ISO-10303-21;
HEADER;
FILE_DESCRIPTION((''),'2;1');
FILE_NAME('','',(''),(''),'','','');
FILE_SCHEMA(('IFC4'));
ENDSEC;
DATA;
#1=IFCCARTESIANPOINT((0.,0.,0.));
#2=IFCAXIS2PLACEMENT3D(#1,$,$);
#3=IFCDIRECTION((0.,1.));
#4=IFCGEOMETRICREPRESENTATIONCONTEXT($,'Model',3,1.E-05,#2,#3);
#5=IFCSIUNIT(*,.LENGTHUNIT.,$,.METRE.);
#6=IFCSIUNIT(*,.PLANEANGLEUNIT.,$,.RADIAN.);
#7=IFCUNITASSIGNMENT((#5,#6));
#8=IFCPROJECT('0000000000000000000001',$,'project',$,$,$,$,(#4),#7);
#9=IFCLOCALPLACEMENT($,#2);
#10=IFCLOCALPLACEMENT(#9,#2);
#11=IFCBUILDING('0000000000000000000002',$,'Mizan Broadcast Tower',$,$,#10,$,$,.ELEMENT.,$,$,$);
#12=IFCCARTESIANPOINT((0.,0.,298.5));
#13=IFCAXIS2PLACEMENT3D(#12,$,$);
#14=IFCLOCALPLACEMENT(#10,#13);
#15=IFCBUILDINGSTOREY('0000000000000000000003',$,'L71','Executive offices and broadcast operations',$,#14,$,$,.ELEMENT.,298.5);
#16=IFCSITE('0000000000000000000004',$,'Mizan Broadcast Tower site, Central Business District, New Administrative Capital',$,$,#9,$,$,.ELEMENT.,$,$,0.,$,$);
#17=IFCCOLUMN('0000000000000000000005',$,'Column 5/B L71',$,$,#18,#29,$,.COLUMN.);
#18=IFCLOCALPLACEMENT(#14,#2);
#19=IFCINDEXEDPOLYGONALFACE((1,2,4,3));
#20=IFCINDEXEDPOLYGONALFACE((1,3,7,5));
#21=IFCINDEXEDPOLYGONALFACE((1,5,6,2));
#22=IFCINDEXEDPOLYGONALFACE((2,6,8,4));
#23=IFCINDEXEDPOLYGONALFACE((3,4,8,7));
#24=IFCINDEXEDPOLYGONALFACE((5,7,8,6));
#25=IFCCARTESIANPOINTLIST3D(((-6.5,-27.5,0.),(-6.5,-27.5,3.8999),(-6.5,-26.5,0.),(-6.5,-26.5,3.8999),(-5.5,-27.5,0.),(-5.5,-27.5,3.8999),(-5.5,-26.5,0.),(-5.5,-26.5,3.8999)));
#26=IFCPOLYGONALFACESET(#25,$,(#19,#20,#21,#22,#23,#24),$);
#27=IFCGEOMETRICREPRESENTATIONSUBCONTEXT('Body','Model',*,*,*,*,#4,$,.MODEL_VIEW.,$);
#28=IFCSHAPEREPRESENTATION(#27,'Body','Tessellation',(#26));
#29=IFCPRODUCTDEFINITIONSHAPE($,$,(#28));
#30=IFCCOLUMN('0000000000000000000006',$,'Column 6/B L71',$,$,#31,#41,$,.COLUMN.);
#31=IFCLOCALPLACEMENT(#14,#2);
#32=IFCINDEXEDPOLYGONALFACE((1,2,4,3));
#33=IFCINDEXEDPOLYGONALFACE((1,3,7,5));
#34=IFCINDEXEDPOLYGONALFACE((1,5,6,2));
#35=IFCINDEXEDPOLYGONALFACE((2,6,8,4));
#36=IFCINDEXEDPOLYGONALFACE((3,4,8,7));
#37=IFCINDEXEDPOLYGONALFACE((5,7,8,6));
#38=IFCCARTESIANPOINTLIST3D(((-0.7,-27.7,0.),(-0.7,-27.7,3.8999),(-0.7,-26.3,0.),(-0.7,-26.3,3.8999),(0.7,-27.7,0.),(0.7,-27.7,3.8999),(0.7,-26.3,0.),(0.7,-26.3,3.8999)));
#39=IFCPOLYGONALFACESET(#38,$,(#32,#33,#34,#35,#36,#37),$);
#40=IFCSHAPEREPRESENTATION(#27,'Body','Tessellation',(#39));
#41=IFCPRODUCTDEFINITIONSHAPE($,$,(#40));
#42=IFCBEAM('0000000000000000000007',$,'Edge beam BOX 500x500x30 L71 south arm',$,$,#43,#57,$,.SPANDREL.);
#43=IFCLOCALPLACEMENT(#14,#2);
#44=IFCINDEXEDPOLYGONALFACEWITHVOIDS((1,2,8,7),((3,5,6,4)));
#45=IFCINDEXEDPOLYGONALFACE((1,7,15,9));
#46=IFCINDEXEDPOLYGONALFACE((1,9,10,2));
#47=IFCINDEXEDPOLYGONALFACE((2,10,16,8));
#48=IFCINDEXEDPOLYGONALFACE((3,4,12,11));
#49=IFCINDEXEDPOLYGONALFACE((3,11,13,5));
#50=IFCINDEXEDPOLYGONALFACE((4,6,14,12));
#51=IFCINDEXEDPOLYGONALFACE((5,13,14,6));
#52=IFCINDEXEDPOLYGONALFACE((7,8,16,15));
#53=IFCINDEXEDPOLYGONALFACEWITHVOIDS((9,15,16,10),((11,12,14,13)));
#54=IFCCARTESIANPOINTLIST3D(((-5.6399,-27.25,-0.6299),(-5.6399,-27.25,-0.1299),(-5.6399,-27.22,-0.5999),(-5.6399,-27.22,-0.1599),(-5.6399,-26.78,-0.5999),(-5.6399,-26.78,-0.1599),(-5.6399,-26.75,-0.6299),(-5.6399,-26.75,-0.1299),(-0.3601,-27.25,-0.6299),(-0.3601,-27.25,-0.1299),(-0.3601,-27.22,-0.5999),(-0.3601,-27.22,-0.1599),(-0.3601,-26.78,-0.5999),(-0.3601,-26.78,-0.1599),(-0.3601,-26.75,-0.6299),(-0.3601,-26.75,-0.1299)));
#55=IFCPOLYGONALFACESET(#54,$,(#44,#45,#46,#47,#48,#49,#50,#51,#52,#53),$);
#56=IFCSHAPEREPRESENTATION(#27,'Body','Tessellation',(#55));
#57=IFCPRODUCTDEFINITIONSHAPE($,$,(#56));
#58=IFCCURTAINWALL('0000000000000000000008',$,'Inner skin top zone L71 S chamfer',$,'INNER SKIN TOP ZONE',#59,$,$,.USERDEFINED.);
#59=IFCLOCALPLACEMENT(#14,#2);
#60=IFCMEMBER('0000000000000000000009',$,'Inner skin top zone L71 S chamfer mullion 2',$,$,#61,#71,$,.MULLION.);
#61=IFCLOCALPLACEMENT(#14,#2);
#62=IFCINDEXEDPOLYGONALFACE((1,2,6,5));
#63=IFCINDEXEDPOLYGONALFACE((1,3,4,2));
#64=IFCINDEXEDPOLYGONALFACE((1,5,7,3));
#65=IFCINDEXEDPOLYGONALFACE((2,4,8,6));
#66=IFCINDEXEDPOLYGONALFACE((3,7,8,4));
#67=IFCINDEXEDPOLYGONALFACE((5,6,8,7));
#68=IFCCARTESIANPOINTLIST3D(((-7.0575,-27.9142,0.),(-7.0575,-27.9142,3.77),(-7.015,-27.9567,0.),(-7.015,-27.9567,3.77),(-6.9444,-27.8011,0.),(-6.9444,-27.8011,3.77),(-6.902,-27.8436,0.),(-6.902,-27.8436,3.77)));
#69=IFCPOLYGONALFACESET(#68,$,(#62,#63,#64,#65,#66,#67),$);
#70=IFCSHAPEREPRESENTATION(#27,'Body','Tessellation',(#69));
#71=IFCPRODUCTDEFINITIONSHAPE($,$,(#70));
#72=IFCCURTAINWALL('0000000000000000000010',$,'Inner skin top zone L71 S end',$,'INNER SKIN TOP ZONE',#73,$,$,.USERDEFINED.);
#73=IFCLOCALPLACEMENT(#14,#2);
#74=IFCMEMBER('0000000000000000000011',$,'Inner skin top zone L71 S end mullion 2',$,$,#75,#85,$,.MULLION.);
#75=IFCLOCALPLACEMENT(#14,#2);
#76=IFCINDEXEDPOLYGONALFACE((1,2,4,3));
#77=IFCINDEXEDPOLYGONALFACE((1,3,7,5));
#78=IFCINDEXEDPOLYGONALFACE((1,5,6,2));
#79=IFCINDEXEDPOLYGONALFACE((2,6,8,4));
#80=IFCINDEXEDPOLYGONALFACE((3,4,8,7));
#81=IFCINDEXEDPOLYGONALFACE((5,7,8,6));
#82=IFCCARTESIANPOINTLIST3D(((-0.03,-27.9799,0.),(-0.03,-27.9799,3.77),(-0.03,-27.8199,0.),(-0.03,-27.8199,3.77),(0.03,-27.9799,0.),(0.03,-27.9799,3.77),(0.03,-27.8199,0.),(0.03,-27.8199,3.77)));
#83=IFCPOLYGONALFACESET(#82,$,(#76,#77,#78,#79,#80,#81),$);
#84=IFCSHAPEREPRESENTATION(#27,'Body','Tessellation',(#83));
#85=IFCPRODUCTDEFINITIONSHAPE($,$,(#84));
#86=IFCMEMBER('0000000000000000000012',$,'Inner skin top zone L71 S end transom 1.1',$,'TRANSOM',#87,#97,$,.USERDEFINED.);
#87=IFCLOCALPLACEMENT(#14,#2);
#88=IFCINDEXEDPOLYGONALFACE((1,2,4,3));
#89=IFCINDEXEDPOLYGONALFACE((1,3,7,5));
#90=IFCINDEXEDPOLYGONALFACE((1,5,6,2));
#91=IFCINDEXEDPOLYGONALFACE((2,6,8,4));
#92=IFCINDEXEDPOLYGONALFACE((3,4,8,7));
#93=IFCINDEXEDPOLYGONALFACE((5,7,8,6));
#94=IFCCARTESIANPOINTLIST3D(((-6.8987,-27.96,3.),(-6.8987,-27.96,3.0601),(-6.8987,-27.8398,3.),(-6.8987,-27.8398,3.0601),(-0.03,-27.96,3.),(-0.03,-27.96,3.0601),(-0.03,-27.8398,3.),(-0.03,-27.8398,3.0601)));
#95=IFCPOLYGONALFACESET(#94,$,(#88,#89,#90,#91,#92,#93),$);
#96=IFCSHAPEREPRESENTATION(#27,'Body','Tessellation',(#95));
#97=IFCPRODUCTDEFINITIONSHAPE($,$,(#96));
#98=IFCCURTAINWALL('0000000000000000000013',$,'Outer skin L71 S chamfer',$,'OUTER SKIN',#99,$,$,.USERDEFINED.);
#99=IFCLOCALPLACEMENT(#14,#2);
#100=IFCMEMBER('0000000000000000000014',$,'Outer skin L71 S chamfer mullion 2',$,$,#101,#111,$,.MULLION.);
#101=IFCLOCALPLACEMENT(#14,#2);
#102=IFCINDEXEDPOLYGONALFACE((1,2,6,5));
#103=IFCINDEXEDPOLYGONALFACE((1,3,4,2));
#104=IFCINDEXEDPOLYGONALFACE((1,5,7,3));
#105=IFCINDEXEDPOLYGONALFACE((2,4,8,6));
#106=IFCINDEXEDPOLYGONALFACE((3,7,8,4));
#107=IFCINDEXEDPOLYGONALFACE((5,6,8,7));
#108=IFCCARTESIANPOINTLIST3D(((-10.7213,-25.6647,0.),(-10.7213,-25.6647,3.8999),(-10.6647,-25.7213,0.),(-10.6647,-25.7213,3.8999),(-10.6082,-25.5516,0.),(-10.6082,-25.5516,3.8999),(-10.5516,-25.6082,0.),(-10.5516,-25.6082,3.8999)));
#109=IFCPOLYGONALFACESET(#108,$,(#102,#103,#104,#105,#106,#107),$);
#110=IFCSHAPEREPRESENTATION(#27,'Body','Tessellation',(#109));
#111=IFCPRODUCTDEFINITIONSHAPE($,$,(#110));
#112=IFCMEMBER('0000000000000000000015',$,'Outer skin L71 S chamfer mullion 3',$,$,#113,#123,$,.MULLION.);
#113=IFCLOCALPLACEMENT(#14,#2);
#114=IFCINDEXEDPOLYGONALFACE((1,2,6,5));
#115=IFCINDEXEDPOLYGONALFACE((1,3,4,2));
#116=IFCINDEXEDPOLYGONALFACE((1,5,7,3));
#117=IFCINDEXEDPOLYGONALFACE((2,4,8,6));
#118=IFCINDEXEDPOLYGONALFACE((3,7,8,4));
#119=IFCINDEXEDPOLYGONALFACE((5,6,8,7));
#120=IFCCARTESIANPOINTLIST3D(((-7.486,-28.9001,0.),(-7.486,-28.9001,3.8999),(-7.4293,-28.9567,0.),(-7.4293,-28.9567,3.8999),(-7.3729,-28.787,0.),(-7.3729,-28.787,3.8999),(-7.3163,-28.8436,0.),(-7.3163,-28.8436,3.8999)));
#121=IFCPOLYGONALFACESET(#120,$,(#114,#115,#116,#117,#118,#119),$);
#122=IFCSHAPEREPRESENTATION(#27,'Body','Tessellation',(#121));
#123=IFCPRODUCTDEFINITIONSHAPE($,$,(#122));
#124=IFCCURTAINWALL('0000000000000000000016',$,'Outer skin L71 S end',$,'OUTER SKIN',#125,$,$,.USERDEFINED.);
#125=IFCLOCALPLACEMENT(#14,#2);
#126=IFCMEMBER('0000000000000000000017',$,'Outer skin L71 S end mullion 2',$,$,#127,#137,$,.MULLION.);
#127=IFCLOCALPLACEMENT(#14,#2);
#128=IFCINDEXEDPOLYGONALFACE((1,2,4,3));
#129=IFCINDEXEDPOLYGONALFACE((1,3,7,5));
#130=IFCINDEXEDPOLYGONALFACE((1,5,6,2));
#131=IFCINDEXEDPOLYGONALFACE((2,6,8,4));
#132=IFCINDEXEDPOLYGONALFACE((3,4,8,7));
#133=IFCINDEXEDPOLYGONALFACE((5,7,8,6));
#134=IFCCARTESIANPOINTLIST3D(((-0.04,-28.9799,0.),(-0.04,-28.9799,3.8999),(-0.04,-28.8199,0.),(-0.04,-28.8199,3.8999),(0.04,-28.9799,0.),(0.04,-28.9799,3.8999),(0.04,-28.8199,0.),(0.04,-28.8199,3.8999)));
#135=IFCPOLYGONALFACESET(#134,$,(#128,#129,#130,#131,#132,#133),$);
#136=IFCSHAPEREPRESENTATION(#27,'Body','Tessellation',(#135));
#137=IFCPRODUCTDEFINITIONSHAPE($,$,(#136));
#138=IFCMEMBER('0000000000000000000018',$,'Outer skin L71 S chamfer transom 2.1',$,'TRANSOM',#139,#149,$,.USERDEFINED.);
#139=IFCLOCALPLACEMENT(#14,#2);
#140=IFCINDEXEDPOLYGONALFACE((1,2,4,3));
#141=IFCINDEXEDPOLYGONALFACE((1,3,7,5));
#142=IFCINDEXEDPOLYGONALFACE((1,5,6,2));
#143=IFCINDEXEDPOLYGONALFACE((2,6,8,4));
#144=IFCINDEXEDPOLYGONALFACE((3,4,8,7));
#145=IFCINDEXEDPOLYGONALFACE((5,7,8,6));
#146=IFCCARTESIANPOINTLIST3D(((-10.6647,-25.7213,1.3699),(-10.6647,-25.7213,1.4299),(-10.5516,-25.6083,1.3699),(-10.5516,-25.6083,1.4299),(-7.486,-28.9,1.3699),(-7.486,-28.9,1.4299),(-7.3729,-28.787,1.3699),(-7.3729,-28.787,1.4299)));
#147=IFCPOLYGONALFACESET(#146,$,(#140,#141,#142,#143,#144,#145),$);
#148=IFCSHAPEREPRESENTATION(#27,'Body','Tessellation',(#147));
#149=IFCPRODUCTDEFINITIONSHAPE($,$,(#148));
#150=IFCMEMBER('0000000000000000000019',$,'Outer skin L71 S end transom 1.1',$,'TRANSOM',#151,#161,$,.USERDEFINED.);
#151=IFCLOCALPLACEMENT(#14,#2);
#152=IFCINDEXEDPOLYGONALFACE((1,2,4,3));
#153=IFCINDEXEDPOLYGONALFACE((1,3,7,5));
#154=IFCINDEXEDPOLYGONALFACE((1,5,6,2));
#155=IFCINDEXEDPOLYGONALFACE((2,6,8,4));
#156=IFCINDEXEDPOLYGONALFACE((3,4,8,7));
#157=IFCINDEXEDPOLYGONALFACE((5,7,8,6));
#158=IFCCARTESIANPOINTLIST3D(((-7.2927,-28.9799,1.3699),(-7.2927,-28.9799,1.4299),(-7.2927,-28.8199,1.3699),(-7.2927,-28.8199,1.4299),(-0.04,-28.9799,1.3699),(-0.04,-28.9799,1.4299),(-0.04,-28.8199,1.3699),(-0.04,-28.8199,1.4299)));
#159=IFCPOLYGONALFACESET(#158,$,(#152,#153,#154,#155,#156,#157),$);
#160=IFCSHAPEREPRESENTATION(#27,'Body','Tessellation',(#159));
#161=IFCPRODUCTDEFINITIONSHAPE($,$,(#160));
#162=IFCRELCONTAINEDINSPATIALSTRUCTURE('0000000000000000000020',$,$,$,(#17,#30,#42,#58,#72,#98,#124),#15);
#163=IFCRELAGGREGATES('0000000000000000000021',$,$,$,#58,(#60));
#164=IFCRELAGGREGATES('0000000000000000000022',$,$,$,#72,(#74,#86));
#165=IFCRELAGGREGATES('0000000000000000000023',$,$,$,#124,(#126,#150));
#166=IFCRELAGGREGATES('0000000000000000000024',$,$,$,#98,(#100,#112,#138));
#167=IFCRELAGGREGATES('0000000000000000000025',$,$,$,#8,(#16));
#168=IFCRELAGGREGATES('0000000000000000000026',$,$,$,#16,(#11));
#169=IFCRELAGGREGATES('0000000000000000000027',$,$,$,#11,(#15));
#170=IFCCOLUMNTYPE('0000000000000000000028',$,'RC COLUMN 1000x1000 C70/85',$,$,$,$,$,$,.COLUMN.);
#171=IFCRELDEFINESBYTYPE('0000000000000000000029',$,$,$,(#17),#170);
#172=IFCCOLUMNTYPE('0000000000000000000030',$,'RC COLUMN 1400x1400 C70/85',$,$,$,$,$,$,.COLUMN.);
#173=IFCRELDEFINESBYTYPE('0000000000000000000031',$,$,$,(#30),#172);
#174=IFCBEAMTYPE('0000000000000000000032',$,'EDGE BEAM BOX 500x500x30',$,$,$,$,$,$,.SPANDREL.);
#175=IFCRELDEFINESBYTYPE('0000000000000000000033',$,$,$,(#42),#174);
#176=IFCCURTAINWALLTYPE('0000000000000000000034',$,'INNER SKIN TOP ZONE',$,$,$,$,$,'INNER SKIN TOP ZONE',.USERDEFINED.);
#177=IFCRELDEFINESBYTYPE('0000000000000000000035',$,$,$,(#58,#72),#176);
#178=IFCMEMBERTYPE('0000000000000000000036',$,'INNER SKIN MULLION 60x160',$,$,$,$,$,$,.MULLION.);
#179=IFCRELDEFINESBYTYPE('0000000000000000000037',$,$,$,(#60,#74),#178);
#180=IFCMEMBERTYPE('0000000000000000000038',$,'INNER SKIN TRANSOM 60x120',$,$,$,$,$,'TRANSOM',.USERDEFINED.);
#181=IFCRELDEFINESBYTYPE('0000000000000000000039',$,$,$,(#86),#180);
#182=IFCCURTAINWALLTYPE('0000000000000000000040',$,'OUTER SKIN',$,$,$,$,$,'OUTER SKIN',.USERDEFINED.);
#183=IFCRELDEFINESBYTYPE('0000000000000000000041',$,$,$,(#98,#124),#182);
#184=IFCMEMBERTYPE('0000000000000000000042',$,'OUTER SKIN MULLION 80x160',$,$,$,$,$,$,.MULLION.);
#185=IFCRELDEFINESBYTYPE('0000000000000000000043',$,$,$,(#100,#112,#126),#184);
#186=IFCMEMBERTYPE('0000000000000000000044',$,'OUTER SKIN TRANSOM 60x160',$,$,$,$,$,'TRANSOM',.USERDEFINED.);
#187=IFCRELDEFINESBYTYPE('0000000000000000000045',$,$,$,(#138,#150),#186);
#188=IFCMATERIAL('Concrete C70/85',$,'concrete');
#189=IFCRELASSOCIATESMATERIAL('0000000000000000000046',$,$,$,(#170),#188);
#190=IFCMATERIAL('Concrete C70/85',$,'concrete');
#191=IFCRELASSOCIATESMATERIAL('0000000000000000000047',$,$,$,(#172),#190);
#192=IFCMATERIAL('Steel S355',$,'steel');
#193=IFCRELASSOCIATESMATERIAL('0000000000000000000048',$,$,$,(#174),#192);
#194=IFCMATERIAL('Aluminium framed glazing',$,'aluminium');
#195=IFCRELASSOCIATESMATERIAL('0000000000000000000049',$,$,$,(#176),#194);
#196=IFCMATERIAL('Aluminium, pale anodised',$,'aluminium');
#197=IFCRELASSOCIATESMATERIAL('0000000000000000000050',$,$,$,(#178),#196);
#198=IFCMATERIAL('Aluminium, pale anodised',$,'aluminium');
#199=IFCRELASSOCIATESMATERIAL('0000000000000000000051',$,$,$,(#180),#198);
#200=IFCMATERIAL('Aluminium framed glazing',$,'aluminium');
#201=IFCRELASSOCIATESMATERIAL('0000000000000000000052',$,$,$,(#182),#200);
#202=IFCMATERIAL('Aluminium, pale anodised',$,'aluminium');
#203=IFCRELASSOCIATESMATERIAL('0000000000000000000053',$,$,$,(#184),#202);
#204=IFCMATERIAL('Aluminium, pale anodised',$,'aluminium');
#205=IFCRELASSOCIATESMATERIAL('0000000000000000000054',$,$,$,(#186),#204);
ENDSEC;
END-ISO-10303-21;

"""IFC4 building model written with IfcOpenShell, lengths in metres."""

from ifc_helpers import new_model, si_unit, direction, frame, origin, origin_2d, place, context, subcontext, project, spatial, rectangle, hollow_rectangle, extrude, material, material_profile, profile_set, type_object, element, aggregate, save


model = new_model("IFC4")

# Units and contexts
model_context = context("Model", 3, precision=1e-05, world=origin(), true_north=direction((0.0, 1.0)))
body_context = subcontext(model_context, "Body", "Model", "MODEL_VIEW")
ifc_project = project(units=[si_unit("LENGTHUNIT", "METRE"), si_unit("PLANEANGLEUNIT", "RADIAN")], contexts=[model_context])

# Site, building, storey
site_placement = place(None, origin())
site = spatial("IfcSite", under=ifc_project, at=site_placement, Name="Mizan Broadcast Tower site, Central Business District, New Administrative Capital", CompositionType="ELEMENT", RefElevation=0.0)
building_placement = place(site_placement, origin())
building = spatial("IfcBuilding", under=site, at=building_placement, Name="Mizan Broadcast Tower", CompositionType="ELEMENT")
storey_placement = place(building_placement, frame((0.0, 0.0, 298.5)))
storey = spatial("IfcBuildingStorey", under=building, at=storey_placement, Name="L71", Description="Executive offices and broadcast operations", CompositionType="ELEMENT", Elevation=298.5)

# Columns
ifc_material_1 = material(Name="Concrete C70/85", Category="concrete")
ifc_material_profile_1 = material_profile(ifc_material_1, rectangle(XDim=1.0, YDim=1.0, at=origin_2d()), Name="RC 1000x1000")
ifc_profile_set_1 = profile_set([ifc_material_profile_1], Name="Concrete C70/85")
column_type_1 = type_object("IfcColumnType", Name="RC COLUMN 1000x1000 C70/85", PredefinedType="COLUMN", material=ifc_profile_set_1)
column_1_placement = place(storey_placement, frame((-6.0, -27.0, 0.0), z_axis=(0.0, 0.0, 1.0), x_axis=(1.0, 0.0, 0.0)))
element("IfcColumn", 1, at=column_1_placement, inside=storey, type_object=column_type_1, Name="Column 5/B L71", PredefinedType="COLUMN", context=body_context, shape_type="SweptSolid", body=[
    extrude(rectangle(XDim=1.0, YDim=1.0, at=origin_2d()), origin(), (0.0, 0.0, 1.0), 3.8999),
])
ifc_material_2 = material(Name="Concrete C70/85", Category="concrete")
ifc_material_profile_2 = material_profile(ifc_material_2, rectangle(XDim=1.3999, YDim=1.3999, at=origin_2d()), Name="RC 1400x1400")
ifc_profile_set_2 = profile_set([ifc_material_profile_2], Name="Concrete C70/85")
column_type_2 = type_object("IfcColumnType", Name="RC COLUMN 1400x1400 C70/85", PredefinedType="COLUMN", material=ifc_profile_set_2)
column_2_placement = place(storey_placement, frame((0.0, -27.0, 0.0), z_axis=(0.0, 0.0, 1.0), x_axis=(1.0, 0.0, 0.0)))
element("IfcColumn", 2, at=column_2_placement, inside=storey, type_object=column_type_2, Name="Column 6/B L71", PredefinedType="COLUMN", context=body_context, shape_type="SweptSolid", body=[
    extrude(rectangle(XDim=1.3999, YDim=1.3999, at=origin_2d()), origin(), (0.0, 0.0, 1.0), 3.8999),
])

# Beam
ifc_material_3 = material(Name="Steel S355", Category="steel")
ifc_material_profile_3 = material_profile(ifc_material_3, hollow_rectangle(XDim=0.5, YDim=0.5, WallThickness=0.03, at=origin_2d()), Name="BOX 500x500x30")
ifc_profile_set_3 = profile_set([ifc_material_profile_3], Name="Steel S355")
beam_type_1 = type_object("IfcBeamType", Name="EDGE BEAM BOX 500x500x30", PredefinedType="SPANDREL", material=ifc_profile_set_3)
beam_1_placement = place(storey_placement, frame((-5.6399, -27.0, -0.3799), z_axis=(1.0, 0.0, 0.0), x_axis=(0.0, 1.0, 0.0)))
element("IfcBeam", 3, at=beam_1_placement, inside=storey, type_object=beam_type_1, Name="Edge beam BOX 500x500x30 L71 south arm", PredefinedType="SPANDREL", context=body_context, shape_type="SweptSolid", body=[
    extrude(hollow_rectangle(XDim=0.5, YDim=0.5, WallThickness=0.03, at=origin_2d()), origin(), (0.0, 0.0, 1.0), 5.2798),
])

# Curtain wall, member
ifc_material_4 = material(Name="Aluminium framed glazing", Category="aluminium")
curtain_wall_type_1 = type_object("IfcCurtainWallType", Name="INNER SKIN TOP ZONE", ElementType="INNER SKIN TOP ZONE", PredefinedType="USERDEFINED", material=ifc_material_4)
curtain_wall_1_placement = place(storey_placement, origin())
curtain_wall_1 = element("IfcCurtainWall", 4, at=curtain_wall_1_placement, inside=storey, type_object=curtain_wall_type_1, Name="Inner skin top zone L71 S chamfer", ObjectType="INNER SKIN TOP ZONE", PredefinedType="USERDEFINED")
ifc_material_5 = material(Name="Aluminium, pale anodised", Category="aluminium")
ifc_material_profile_4 = material_profile(ifc_material_5, rectangle(XDim=0.1599, YDim=0.0601, at=origin_2d()), Name="MULLION 160x60")
ifc_profile_set_4 = profile_set([ifc_material_profile_4], Name="Aluminium, pale anodised")
member_type_1 = type_object("IfcMemberType", Name="INNER SKIN MULLION 60x160", PredefinedType="MULLION", material=ifc_profile_set_4)
member_1_placement = place(storey_placement, frame((-6.9797, -27.8789, 0.0), z_axis=(0.0, 0.0, 1.0), x_axis=(0.707107, 0.707107, 0.0)))
member_1 = element("IfcMember", 5, at=member_1_placement, type_object=member_type_1, Name="Inner skin top zone L71 S chamfer mullion 2", PredefinedType="MULLION", context=body_context, shape_type="SweptSolid", body=[
    extrude(rectangle(XDim=0.1599, YDim=0.0601, at=origin_2d()), origin(), (0.0, 0.0, 1.0), 3.77),
])

# Curtain walls, members
curtain_wall_2_placement = place(storey_placement, origin())
curtain_wall_2 = element("IfcCurtainWall", 6, at=curtain_wall_2_placement, inside=storey, type_object=curtain_wall_type_1, Name="Inner skin top zone L71 S end", ObjectType="INNER SKIN TOP ZONE", PredefinedType="USERDEFINED")
member_2_placement = place(storey_placement, frame((0.0, -27.8999, 0.0), z_axis=(0.0, 0.0, 1.0), x_axis=(0.0, 1.0, 0.0)))
member_2 = element("IfcMember", 7, at=member_2_placement, type_object=member_type_1, Name="Inner skin top zone L71 S end mullion 2", PredefinedType="MULLION", context=body_context, shape_type="SweptSolid", body=[
    extrude(rectangle(XDim=0.1599, YDim=0.0601, at=origin_2d()), origin(), (0.0, 0.0, 1.0), 3.77),
])
ifc_material_6 = material(Name="Aluminium, pale anodised", Category="aluminium")
ifc_material_profile_5 = material_profile(ifc_material_6, rectangle(XDim=0.1201, YDim=0.0601, at=origin_2d()), Name="TRANSOM 120x60")
ifc_profile_set_5 = profile_set([ifc_material_profile_5], Name="Aluminium, pale anodised")
member_type_2 = type_object("IfcMemberType", Name="INNER SKIN TRANSOM 60x120", ElementType="TRANSOM", PredefinedType="USERDEFINED", material=ifc_profile_set_5)
member_3_placement = place(storey_placement, frame((-6.8987, -27.8999, 3.03), z_axis=(1.0, 0.0, 0.0), x_axis=(0.0, 1.0, 0.0)))
member_3 = element("IfcMember", 8, at=member_3_placement, type_object=member_type_2, Name="Inner skin top zone L71 S end transom 1.1", ObjectType="TRANSOM", PredefinedType="USERDEFINED", context=body_context, shape_type="SweptSolid", body=[
    extrude(rectangle(XDim=0.1201, YDim=0.0601, at=origin_2d()), origin(), (0.0, 0.0, 1.0), 6.8687),
])
ifc_material_7 = material(Name="Aluminium framed glazing", Category="aluminium")
curtain_wall_type_2 = type_object("IfcCurtainWallType", Name="OUTER SKIN", ElementType="OUTER SKIN", PredefinedType="USERDEFINED", material=ifc_material_7)
curtain_wall_3_placement = place(storey_placement, origin())
curtain_wall_3 = element("IfcCurtainWall", 9, at=curtain_wall_3_placement, inside=storey, type_object=curtain_wall_type_2, Name="Outer skin L71 S chamfer", ObjectType="OUTER SKIN", PredefinedType="USERDEFINED")
ifc_material_8 = material(Name="Aluminium, pale anodised", Category="aluminium")
ifc_material_profile_6 = material_profile(ifc_material_8, rectangle(XDim=0.1599, YDim=0.0801, at=origin_2d()), Name="MULLION 160x80")
ifc_profile_set_6 = profile_set([ifc_material_profile_6], Name="Aluminium, pale anodised")
member_type_3 = type_object("IfcMemberType", Name="OUTER SKIN MULLION 80x160", PredefinedType="MULLION", material=ifc_profile_set_6)
member_4_placement = place(storey_placement, frame((-10.6365, -25.6365, 0.0), z_axis=(0.0, 0.0, 1.0), x_axis=(0.707107, 0.707107, 0.0)))
member_4 = element("IfcMember", 10, at=member_4_placement, type_object=member_type_3, Name="Outer skin L71 S chamfer mullion 2", PredefinedType="MULLION", context=body_context, shape_type="SweptSolid", body=[
    extrude(rectangle(XDim=0.1599, YDim=0.0801, at=origin_2d()), origin(), (0.0, 0.0, 1.0), 3.8999),
])
member_5_placement = place(storey_placement, frame((-7.4011, -28.8718, 0.0), z_axis=(0.0, 0.0, 1.0), x_axis=(0.707107, 0.707107, 0.0)))
member_5 = element("IfcMember", 11, at=member_5_placement, type_object=member_type_3, Name="Outer skin L71 S chamfer mullion 3", PredefinedType="MULLION", context=body_context, shape_type="SweptSolid", body=[
    extrude(rectangle(XDim=0.1599, YDim=0.0801, at=origin_2d()), origin(), (0.0, 0.0, 1.0), 3.8999),
])

# Curtain wall, member
curtain_wall_4_placement = place(storey_placement, origin())
curtain_wall_4 = element("IfcCurtainWall", 12, at=curtain_wall_4_placement, inside=storey, type_object=curtain_wall_type_2, Name="Outer skin L71 S end", ObjectType="OUTER SKIN", PredefinedType="USERDEFINED")
member_6_placement = place(storey_placement, frame((0.0, -28.8999, 0.0), z_axis=(0.0, 0.0, 1.0), x_axis=(0.0, 1.0, 0.0)))
member_6 = element("IfcMember", 13, at=member_6_placement, type_object=member_type_3, Name="Outer skin L71 S end mullion 2", PredefinedType="MULLION", context=body_context, shape_type="SweptSolid", body=[
    extrude(rectangle(XDim=0.1599, YDim=0.0801, at=origin_2d()), origin(), (0.0, 0.0, 1.0), 3.8999),
])

# Members
ifc_material_9 = material(Name="Aluminium, pale anodised", Category="aluminium")
ifc_material_profile_7 = material_profile(ifc_material_9, rectangle(XDim=0.1599, YDim=0.0601, at=origin_2d()), Name="TRANSOM 160x60")
ifc_profile_set_7 = profile_set([ifc_material_profile_7], Name="Aluminium, pale anodised")
member_type_4 = type_object("IfcMemberType", Name="OUTER SKIN TRANSOM 60x160", ElementType="TRANSOM", PredefinedType="USERDEFINED", material=ifc_profile_set_7)
member_7_placement = place(storey_placement, frame((-10.6082, -25.6648, 1.3999), z_axis=(0.707107, -0.707107, 0.0), x_axis=(0.707107, 0.707107, 0.0)))
member_7 = element("IfcMember", 14, at=member_7_placement, type_object=member_type_4, Name="Outer skin L71 S chamfer transom 2.1", ObjectType="TRANSOM", PredefinedType="USERDEFINED", context=body_context, shape_type="SweptSolid", body=[
    extrude(rectangle(XDim=0.1599, YDim=0.0601, at=origin_2d()), origin(), (0.0, 0.0, 1.0), 4.4954),
])
member_8_placement = place(storey_placement, frame((-7.2927, -28.8999, 1.3999), z_axis=(1.0, 0.0, 0.0), x_axis=(0.0, 1.0, 0.0)))
member_8 = element("IfcMember", 15, at=member_8_placement, type_object=member_type_4, Name="Outer skin L71 S end transom 1.1", ObjectType="TRANSOM", PredefinedType="USERDEFINED", context=body_context, shape_type="SweptSolid", body=[
    extrude(rectangle(XDim=0.1599, YDim=0.0601, at=origin_2d()), origin(), (0.0, 0.0, 1.0), 7.2527),
])

aggregate(curtain_wall_1, [member_1])
aggregate(curtain_wall_2, [member_2, member_3])
aggregate(curtain_wall_4, [member_6, member_8])
aggregate(curtain_wall_3, [member_4, member_5, member_7])

save(model, "model.ifc")
